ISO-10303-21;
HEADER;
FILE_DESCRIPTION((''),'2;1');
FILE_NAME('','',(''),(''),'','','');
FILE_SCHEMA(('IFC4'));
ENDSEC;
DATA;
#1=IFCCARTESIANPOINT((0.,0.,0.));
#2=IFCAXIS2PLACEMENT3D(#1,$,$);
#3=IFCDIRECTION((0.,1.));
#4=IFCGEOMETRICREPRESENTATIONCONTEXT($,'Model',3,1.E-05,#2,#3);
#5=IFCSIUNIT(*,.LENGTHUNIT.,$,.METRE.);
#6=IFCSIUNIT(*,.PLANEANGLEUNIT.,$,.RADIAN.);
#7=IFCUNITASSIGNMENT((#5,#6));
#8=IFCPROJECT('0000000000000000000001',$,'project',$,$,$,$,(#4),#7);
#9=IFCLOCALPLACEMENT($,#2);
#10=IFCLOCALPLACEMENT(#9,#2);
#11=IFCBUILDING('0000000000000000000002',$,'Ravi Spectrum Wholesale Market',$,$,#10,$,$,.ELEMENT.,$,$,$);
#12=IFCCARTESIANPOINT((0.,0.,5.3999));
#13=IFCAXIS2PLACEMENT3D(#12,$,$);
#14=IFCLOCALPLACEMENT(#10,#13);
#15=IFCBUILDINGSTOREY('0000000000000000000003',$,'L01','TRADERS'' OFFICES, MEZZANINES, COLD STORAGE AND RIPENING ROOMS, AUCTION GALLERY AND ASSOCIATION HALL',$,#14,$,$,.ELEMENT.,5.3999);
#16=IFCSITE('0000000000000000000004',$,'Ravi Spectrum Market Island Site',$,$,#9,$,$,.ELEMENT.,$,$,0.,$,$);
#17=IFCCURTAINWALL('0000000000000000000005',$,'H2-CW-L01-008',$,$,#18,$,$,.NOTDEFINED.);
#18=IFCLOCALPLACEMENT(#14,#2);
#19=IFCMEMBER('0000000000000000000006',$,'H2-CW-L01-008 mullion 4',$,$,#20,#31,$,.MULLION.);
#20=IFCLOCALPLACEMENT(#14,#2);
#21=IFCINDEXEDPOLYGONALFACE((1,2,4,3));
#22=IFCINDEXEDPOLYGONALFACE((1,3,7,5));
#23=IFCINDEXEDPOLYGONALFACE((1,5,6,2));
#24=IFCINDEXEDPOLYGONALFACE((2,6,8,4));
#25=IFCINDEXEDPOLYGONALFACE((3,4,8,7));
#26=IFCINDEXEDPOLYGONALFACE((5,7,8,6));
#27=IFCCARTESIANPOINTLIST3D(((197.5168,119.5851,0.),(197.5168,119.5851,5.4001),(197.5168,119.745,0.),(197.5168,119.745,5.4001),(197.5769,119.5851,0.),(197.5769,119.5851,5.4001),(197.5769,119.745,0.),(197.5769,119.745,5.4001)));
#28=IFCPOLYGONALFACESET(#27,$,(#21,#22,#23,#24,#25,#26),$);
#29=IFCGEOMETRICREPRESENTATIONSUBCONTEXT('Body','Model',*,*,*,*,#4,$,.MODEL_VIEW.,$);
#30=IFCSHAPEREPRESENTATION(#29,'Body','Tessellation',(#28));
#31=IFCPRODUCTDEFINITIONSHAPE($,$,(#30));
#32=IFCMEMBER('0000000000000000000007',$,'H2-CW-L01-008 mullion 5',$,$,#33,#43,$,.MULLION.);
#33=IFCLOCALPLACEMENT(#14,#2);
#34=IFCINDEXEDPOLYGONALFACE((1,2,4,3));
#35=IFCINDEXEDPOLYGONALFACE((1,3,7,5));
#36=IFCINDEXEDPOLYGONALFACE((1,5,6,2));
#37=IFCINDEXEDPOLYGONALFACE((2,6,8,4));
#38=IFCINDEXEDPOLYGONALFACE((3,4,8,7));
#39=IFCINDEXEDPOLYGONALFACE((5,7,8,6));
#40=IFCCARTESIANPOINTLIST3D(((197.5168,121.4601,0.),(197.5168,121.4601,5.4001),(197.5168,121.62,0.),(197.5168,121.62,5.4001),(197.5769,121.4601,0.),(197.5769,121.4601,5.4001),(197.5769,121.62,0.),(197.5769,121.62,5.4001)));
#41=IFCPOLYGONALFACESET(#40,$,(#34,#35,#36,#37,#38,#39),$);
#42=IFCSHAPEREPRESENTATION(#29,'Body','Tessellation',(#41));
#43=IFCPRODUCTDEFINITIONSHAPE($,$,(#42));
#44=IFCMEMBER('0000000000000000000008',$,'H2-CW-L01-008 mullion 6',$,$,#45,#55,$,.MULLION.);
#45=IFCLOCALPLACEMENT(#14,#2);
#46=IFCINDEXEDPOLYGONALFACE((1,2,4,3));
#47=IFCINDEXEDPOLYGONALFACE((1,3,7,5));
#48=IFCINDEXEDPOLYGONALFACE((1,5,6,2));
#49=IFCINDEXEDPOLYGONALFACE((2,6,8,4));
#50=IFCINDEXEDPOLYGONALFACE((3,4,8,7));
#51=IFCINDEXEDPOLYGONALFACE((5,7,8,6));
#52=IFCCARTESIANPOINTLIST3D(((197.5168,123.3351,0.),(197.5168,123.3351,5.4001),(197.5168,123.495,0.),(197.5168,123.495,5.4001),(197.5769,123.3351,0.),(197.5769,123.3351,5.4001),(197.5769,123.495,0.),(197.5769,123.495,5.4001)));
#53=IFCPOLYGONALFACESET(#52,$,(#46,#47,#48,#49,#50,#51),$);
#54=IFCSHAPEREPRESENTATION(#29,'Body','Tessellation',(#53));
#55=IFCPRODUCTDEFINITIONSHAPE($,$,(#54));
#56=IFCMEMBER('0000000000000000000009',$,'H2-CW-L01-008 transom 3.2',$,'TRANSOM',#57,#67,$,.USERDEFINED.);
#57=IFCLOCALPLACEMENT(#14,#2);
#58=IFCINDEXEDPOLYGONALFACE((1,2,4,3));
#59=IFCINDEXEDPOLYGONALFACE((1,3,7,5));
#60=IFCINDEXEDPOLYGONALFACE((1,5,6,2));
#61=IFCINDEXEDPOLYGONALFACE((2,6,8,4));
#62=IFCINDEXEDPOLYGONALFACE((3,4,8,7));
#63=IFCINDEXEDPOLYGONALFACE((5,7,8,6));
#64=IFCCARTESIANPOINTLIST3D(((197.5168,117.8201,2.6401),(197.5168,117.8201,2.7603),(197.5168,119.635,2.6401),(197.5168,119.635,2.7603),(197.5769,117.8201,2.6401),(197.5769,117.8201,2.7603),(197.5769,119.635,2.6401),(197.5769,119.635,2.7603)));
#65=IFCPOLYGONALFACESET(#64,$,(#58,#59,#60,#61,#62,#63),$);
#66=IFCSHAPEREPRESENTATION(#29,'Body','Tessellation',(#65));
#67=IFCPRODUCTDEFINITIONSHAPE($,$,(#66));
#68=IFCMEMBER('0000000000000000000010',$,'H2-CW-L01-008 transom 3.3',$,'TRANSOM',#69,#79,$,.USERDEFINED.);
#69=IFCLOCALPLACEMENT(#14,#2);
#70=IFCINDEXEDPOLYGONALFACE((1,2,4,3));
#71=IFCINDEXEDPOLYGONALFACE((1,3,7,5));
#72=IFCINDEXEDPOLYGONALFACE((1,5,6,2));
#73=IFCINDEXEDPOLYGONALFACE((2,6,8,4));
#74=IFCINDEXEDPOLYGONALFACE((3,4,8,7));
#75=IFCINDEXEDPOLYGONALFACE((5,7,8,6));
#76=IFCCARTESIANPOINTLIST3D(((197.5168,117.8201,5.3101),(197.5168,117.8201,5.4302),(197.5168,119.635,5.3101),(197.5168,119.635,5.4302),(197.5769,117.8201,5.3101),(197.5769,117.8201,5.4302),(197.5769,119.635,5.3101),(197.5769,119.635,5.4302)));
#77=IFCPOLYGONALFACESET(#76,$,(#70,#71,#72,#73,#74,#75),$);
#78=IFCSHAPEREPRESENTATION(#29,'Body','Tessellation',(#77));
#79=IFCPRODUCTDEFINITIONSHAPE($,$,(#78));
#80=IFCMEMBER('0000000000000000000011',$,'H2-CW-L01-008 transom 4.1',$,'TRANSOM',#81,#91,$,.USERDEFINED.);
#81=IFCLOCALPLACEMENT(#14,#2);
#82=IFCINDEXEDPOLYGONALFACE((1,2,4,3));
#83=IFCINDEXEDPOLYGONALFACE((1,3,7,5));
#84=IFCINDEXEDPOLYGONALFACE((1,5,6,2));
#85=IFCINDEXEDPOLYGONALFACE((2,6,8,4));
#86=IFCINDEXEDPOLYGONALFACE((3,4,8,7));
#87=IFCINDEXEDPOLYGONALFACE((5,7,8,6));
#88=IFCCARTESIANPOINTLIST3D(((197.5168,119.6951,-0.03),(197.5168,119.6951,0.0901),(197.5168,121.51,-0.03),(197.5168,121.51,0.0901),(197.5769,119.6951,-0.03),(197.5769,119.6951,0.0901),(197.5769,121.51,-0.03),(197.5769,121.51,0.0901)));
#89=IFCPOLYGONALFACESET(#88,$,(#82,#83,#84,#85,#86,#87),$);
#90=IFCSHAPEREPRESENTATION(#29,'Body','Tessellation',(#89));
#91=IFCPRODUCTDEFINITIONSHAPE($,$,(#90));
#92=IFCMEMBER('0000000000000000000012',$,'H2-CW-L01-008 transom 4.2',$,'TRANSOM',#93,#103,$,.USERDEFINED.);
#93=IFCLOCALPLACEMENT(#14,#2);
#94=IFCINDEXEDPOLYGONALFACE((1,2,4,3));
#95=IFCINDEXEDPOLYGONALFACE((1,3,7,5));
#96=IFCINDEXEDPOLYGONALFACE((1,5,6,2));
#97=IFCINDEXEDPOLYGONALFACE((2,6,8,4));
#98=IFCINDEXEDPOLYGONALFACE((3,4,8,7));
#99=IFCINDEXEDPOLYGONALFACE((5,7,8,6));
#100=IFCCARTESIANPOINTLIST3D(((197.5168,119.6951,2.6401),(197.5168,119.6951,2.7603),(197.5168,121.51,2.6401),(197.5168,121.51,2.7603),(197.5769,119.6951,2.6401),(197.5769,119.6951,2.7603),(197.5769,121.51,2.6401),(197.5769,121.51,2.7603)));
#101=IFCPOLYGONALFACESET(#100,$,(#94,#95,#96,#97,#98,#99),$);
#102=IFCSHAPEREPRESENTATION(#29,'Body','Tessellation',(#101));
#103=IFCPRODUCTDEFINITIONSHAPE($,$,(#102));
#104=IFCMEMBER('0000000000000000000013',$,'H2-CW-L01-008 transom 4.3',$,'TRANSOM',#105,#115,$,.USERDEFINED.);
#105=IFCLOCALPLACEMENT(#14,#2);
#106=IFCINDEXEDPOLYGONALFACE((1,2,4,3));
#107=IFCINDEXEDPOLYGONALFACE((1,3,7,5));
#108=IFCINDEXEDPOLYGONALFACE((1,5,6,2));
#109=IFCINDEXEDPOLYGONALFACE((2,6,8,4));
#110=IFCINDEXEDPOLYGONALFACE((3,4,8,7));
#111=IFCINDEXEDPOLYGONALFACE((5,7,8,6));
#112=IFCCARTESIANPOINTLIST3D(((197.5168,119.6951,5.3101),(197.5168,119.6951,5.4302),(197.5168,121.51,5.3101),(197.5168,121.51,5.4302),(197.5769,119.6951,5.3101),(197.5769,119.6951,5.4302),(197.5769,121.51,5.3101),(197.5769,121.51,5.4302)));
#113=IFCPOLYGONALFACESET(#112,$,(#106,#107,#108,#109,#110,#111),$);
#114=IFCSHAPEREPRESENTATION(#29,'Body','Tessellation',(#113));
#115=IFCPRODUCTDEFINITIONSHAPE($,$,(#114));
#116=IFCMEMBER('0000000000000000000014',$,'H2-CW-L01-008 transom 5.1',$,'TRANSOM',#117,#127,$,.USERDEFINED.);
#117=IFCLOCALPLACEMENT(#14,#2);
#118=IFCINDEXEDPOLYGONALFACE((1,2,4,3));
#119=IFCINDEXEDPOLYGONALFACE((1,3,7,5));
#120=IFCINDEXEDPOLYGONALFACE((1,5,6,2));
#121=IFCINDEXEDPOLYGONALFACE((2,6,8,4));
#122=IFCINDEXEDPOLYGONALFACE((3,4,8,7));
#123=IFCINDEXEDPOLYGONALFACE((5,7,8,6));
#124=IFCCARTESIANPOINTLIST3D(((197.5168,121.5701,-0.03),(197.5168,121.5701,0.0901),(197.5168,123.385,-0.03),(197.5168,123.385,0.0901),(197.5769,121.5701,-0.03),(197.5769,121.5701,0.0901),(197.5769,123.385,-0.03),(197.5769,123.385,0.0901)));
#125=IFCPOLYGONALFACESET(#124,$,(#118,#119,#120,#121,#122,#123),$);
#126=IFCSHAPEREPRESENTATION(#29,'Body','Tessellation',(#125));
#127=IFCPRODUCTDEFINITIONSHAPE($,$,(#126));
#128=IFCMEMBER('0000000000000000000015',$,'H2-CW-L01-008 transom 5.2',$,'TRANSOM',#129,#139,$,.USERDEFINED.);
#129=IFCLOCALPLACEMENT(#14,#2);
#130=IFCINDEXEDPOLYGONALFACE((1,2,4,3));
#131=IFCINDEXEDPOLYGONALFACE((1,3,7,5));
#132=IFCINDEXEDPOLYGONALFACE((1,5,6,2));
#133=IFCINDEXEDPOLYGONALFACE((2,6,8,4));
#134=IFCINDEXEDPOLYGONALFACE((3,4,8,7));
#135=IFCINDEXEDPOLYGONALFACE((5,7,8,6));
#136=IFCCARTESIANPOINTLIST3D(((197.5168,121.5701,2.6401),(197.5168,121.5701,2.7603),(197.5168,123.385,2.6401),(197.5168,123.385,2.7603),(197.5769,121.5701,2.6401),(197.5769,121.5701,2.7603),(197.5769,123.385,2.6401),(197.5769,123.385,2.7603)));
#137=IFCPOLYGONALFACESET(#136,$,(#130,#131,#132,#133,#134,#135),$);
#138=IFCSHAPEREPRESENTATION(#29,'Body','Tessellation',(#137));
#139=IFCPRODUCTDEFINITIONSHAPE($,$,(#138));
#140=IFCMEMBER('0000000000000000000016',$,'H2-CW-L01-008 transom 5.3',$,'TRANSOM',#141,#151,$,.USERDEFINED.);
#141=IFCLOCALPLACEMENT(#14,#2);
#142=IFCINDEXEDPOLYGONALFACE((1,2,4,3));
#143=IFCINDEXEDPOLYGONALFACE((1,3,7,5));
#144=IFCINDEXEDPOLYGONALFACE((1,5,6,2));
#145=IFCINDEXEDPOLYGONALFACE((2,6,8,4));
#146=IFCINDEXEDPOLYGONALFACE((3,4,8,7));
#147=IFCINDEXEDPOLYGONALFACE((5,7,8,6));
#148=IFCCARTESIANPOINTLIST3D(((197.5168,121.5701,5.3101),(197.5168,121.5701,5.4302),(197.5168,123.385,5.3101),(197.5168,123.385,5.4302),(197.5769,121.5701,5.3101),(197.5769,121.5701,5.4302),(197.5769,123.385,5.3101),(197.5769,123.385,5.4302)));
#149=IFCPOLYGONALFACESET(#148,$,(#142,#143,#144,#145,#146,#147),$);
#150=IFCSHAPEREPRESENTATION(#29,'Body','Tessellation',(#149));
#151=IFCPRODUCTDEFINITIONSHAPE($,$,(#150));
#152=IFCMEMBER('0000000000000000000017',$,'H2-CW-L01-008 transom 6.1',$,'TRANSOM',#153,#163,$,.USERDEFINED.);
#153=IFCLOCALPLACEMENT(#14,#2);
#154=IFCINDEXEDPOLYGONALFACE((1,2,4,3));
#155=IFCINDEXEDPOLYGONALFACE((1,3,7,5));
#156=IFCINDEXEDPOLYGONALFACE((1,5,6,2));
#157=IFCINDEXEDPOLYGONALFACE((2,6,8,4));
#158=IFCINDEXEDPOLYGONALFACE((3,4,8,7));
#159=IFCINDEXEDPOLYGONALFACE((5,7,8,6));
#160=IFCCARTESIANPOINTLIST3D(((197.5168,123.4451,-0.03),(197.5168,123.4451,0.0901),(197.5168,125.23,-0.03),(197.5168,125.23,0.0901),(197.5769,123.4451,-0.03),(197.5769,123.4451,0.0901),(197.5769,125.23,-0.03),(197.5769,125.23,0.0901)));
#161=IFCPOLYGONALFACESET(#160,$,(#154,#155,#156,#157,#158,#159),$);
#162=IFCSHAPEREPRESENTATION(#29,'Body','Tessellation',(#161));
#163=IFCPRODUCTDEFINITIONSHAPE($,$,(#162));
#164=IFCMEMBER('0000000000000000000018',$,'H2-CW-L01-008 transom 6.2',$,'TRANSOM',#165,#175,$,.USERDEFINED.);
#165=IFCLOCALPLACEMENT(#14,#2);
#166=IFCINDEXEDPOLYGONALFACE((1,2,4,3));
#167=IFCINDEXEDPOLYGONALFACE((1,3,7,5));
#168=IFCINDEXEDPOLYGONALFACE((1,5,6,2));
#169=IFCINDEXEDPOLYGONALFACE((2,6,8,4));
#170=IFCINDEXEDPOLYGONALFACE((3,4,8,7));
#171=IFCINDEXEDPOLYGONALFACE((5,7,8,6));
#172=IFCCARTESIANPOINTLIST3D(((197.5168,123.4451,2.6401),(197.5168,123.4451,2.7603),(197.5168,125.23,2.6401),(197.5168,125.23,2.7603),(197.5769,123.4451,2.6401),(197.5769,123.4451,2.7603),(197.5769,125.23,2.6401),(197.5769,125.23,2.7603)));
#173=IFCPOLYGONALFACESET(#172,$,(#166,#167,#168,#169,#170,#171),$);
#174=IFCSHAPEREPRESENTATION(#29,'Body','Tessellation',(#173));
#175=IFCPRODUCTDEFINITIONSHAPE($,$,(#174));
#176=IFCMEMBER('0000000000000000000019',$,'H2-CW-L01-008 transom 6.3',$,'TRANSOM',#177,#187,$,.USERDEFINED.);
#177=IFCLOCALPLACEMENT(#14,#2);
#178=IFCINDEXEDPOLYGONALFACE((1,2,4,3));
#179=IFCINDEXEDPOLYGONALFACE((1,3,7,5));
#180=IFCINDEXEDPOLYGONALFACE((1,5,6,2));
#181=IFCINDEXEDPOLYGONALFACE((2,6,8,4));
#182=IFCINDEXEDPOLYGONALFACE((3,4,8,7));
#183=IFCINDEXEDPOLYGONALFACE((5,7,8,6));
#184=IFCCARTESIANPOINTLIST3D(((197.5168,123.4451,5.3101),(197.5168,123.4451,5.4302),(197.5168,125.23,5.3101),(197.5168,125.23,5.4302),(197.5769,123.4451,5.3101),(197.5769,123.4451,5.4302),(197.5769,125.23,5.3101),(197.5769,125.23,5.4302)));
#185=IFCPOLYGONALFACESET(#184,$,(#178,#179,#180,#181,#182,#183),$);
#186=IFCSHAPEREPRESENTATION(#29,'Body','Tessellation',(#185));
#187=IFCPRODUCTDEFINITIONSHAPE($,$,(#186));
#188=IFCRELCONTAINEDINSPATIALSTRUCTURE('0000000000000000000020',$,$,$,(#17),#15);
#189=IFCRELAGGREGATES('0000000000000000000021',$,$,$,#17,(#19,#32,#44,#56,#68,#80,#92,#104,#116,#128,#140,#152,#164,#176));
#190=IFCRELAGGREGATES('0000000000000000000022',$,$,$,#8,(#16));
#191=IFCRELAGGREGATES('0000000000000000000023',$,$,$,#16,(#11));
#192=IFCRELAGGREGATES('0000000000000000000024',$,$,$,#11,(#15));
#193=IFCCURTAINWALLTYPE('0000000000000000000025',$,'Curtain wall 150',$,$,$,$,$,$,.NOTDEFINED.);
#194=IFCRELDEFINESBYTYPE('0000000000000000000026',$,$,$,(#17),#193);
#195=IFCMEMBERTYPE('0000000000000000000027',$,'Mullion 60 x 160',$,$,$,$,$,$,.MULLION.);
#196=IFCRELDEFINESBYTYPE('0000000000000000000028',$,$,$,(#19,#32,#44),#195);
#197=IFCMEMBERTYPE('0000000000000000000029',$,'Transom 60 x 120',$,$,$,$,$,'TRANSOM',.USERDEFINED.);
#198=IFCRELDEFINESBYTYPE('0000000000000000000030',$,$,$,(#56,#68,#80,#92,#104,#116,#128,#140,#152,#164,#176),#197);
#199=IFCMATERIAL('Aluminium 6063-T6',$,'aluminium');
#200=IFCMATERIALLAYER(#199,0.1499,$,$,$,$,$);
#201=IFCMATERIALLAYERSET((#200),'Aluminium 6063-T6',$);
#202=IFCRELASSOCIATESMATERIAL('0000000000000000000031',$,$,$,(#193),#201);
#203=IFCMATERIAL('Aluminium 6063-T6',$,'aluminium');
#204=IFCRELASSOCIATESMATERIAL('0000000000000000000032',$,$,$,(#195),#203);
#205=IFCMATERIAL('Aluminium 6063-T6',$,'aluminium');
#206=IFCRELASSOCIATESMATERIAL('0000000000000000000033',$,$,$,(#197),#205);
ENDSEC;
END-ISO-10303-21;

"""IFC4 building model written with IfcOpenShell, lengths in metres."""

from ifc_helpers import new_model, si_unit, direction, frame, origin, origin_2d, place, context, subcontext, project, spatial, rectangle, extrude, material, layer, layer_set, material_profile, profile_set, type_object, element, aggregate, save


model = new_model("IFC4")

# Units and contexts
model_context = context("Model", 3, precision=1e-05, world=origin(), true_north=direction((0.0, 1.0)))
body_context = subcontext(model_context, "Body", "Model", "MODEL_VIEW")
ifc_project = project(units=[si_unit("LENGTHUNIT", "METRE"), si_unit("PLANEANGLEUNIT", "RADIAN")], contexts=[model_context])

# Site, building, storey
site_placement = place(None, origin())
site = spatial("IfcSite", under=ifc_project, at=site_placement, Name="Ravi Spectrum Market Island Site", CompositionType="ELEMENT", RefElevation=0.0)
building_placement = place(site_placement, origin())
building = spatial("IfcBuilding", under=site, at=building_placement, Name="Ravi Spectrum Wholesale Market", CompositionType="ELEMENT")
storey_placement = place(building_placement, frame((0.0, 0.0, 5.3999)))
storey = spatial("IfcBuildingStorey", under=building, at=storey_placement, Name="L01", Description="TRADERS' OFFICES, MEZZANINES, COLD STORAGE AND RIPENING ROOMS, AUCTION GALLERY AND ASSOCIATION HALL", CompositionType="ELEMENT", Elevation=5.3999)

# Curtain wall, members
ifc_material_1 = material(Name="Aluminium 6063-T6", Category="aluminium")
ifc_layer_1 = layer(ifc_material_1, 0.1499)
ifc_layer_set_1 = layer_set([ifc_layer_1], Name="Aluminium 6063-T6")
curtain_wall_type = type_object("IfcCurtainWallType", Name="Curtain wall 150", PredefinedType="NOTDEFINED", material=ifc_layer_set_1)
curtain_wall_placement = place(storey_placement, origin())
curtain_wall = element("IfcCurtainWall", 1, at=curtain_wall_placement, inside=storey, type_object=curtain_wall_type, Name="H2-CW-L01-008", PredefinedType="NOTDEFINED")
ifc_material_2 = material(Name="Aluminium 6063-T6", Category="aluminium")
ifc_material_profile_1 = material_profile(ifc_material_2, rectangle(XDim=0.0601, YDim=0.1599, at=origin_2d()))
ifc_profile_set_1 = profile_set([ifc_material_profile_1], Name="Aluminium 6063-T6")
member_type_1 = type_object("IfcMemberType", Name="Mullion 60 x 160", PredefinedType="MULLION", material=ifc_profile_set_1)
member_1_placement = place(storey_placement, frame((197.5469, 119.665, 0.0), z_axis=(0.0, 0.0, 1.0), x_axis=(-1.0, 0.0, 0.0)))
member_1 = element("IfcMember", 2, at=member_1_placement, type_object=member_type_1, Name="H2-CW-L01-008 mullion 4", PredefinedType="MULLION", context=body_context, shape_type="SweptSolid", body=[
    extrude(rectangle(XDim=0.0601, YDim=0.1599, at=origin_2d()), origin(), (0.0, 0.0, 1.0), 5.4001),
])
member_2_placement = place(storey_placement, frame((197.5469, 121.54, 0.0), z_axis=(0.0, 0.0, 1.0), x_axis=(-1.0, 0.0, 0.0)))
member_2 = element("IfcMember", 3, at=member_2_placement, type_object=member_type_1, Name="H2-CW-L01-008 mullion 5", PredefinedType="MULLION", context=body_context, shape_type="SweptSolid", body=[
    extrude(rectangle(XDim=0.0601, YDim=0.1599, at=origin_2d()), origin(), (0.0, 0.0, 1.0), 5.4001),
])
member_3_placement = place(storey_placement, frame((197.5469, 123.415, 0.0), z_axis=(0.0, 0.0, 1.0), x_axis=(-1.0, 0.0, 0.0)))
member_3 = element("IfcMember", 4, at=member_3_placement, type_object=member_type_1, Name="H2-CW-L01-008 mullion 6", PredefinedType="MULLION", context=body_context, shape_type="SweptSolid", body=[
    extrude(rectangle(XDim=0.0601, YDim=0.1599, at=origin_2d()), origin(), (0.0, 0.0, 1.0), 5.4001),
])
ifc_material_3 = material(Name="Aluminium 6063-T6", Category="aluminium")
ifc_material_profile_2 = material_profile(ifc_material_3, rectangle(XDim=0.0601, YDim=0.1201, at=origin_2d()))
ifc_profile_set_2 = profile_set([ifc_material_profile_2], Name="Aluminium 6063-T6")
member_type_2 = type_object("IfcMemberType", Name="Transom 60 x 120", ElementType="TRANSOM", PredefinedType="USERDEFINED", material=ifc_profile_set_2)
member_4_placement = place(storey_placement, frame((197.5469, 117.8201, 2.7002), z_axis=(0.0, 1.0, 0.0), x_axis=(-1.0, 0.0, 0.0)))
member_4 = element("IfcMember", 5, at=member_4_placement, type_object=member_type_2, Name="H2-CW-L01-008 transom 3.2", ObjectType="TRANSOM", PredefinedType="USERDEFINED", context=body_context, shape_type="SweptSolid", body=[
    extrude(rectangle(XDim=0.0601, YDim=0.1201, at=origin_2d()), origin(), (0.0, 0.0, 1.0), 1.8149),
])
member_5_placement = place(storey_placement, frame((197.5469, 117.8201, 5.3701), z_axis=(0.0, 1.0, 0.0), x_axis=(-1.0, 0.0, 0.0)))
member_5 = element("IfcMember", 6, at=member_5_placement, type_object=member_type_2, Name="H2-CW-L01-008 transom 3.3", ObjectType="TRANSOM", PredefinedType="USERDEFINED", context=body_context, shape_type="SweptSolid", body=[
    extrude(rectangle(XDim=0.0601, YDim=0.1201, at=origin_2d()), origin(), (0.0, 0.0, 1.0), 1.8149),
])
member_6_placement = place(storey_placement, frame((197.5469, 119.6951, 0.03), z_axis=(0.0, 1.0, 0.0), x_axis=(-1.0, 0.0, 0.0)))
member_6 = element("IfcMember", 7, at=member_6_placement, type_object=member_type_2, Name="H2-CW-L01-008 transom 4.1", ObjectType="TRANSOM", PredefinedType="USERDEFINED", context=body_context, shape_type="SweptSolid", body=[
    extrude(rectangle(XDim=0.0601, YDim=0.1201, at=origin_2d()), origin(), (0.0, 0.0, 1.0), 1.8149),
])
member_7_placement = place(storey_placement, frame((197.5469, 119.6951, 2.7002), z_axis=(0.0, 1.0, 0.0), x_axis=(-1.0, 0.0, 0.0)))
member_7 = element("IfcMember", 8, at=member_7_placement, type_object=member_type_2, Name="H2-CW-L01-008 transom 4.2", ObjectType="TRANSOM", PredefinedType="USERDEFINED", context=body_context, shape_type="SweptSolid", body=[
    extrude(rectangle(XDim=0.0601, YDim=0.1201, at=origin_2d()), origin(), (0.0, 0.0, 1.0), 1.8149),
])
member_8_placement = place(storey_placement, frame((197.5469, 119.6951, 5.3701), z_axis=(0.0, 1.0, 0.0), x_axis=(-1.0, 0.0, 0.0)))
member_8 = element("IfcMember", 9, at=member_8_placement, type_object=member_type_2, Name="H2-CW-L01-008 transom 4.3", ObjectType="TRANSOM", PredefinedType="USERDEFINED", context=body_context, shape_type="SweptSolid", body=[
    extrude(rectangle(XDim=0.0601, YDim=0.1201, at=origin_2d()), origin(), (0.0, 0.0, 1.0), 1.8149),
])
member_9_placement = place(storey_placement, frame((197.5469, 121.5701, 0.03), z_axis=(0.0, 1.0, 0.0), x_axis=(-1.0, 0.0, 0.0)))
member_9 = element("IfcMember", 10, at=member_9_placement, type_object=member_type_2, Name="H2-CW-L01-008 transom 5.1", ObjectType="TRANSOM", PredefinedType="USERDEFINED", context=body_context, shape_type="SweptSolid", body=[
    extrude(rectangle(XDim=0.0601, YDim=0.1201, at=origin_2d()), origin(), (0.0, 0.0, 1.0), 1.8149),
])
member_10_placement = place(storey_placement, frame((197.5469, 121.5701, 2.7002), z_axis=(0.0, 1.0, 0.0), x_axis=(-1.0, 0.0, 0.0)))
member_10 = element("IfcMember", 11, at=member_10_placement, type_object=member_type_2, Name="H2-CW-L01-008 transom 5.2", ObjectType="TRANSOM", PredefinedType="USERDEFINED", context=body_context, shape_type="SweptSolid", body=[
    extrude(rectangle(XDim=0.0601, YDim=0.1201, at=origin_2d()), origin(), (0.0, 0.0, 1.0), 1.8149),
])
member_11_placement = place(storey_placement, frame((197.5469, 121.5701, 5.3701), z_axis=(0.0, 1.0, 0.0), x_axis=(-1.0, 0.0, 0.0)))
member_11 = element("IfcMember", 12, at=member_11_placement, type_object=member_type_2, Name="H2-CW-L01-008 transom 5.3", ObjectType="TRANSOM", PredefinedType="USERDEFINED", context=body_context, shape_type="SweptSolid", body=[
    extrude(rectangle(XDim=0.0601, YDim=0.1201, at=origin_2d()), origin(), (0.0, 0.0, 1.0), 1.8149),
])
member_12_placement = place(storey_placement, frame((197.5469, 123.4451, 0.03), z_axis=(0.0, 1.0, 0.0), x_axis=(-1.0, 0.0, 0.0)))
member_12 = element("IfcMember", 13, at=member_12_placement, type_object=member_type_2, Name="H2-CW-L01-008 transom 6.1", ObjectType="TRANSOM", PredefinedType="USERDEFINED", context=body_context, shape_type="SweptSolid", body=[
    extrude(rectangle(XDim=0.0601, YDim=0.1201, at=origin_2d()), origin(), (0.0, 0.0, 1.0), 1.7849),
])
member_13_placement = place(storey_placement, frame((197.5469, 123.4451, 2.7002), z_axis=(0.0, 1.0, 0.0), x_axis=(-1.0, 0.0, 0.0)))
member_13 = element("IfcMember", 14, at=member_13_placement, type_object=member_type_2, Name="H2-CW-L01-008 transom 6.2", ObjectType="TRANSOM", PredefinedType="USERDEFINED", context=body_context, shape_type="SweptSolid", body=[
    extrude(rectangle(XDim=0.0601, YDim=0.1201, at=origin_2d()), origin(), (0.0, 0.0, 1.0), 1.7849),
])
member_14_placement = place(storey_placement, frame((197.5469, 123.4451, 5.3701), z_axis=(0.0, 1.0, 0.0), x_axis=(-1.0, 0.0, 0.0)))
member_14 = element("IfcMember", 15, at=member_14_placement, type_object=member_type_2, Name="H2-CW-L01-008 transom 6.3", ObjectType="TRANSOM", PredefinedType="USERDEFINED", context=body_context, shape_type="SweptSolid", body=[
    extrude(rectangle(XDim=0.0601, YDim=0.1201, at=origin_2d()), origin(), (0.0, 0.0, 1.0), 1.7849),
])
aggregate(curtain_wall, [member_1, member_2, member_3, member_4, member_5, member_6, member_7, member_8, member_9, member_10, member_11, member_12, member_13, member_14])

save(model, "model.ifc")
